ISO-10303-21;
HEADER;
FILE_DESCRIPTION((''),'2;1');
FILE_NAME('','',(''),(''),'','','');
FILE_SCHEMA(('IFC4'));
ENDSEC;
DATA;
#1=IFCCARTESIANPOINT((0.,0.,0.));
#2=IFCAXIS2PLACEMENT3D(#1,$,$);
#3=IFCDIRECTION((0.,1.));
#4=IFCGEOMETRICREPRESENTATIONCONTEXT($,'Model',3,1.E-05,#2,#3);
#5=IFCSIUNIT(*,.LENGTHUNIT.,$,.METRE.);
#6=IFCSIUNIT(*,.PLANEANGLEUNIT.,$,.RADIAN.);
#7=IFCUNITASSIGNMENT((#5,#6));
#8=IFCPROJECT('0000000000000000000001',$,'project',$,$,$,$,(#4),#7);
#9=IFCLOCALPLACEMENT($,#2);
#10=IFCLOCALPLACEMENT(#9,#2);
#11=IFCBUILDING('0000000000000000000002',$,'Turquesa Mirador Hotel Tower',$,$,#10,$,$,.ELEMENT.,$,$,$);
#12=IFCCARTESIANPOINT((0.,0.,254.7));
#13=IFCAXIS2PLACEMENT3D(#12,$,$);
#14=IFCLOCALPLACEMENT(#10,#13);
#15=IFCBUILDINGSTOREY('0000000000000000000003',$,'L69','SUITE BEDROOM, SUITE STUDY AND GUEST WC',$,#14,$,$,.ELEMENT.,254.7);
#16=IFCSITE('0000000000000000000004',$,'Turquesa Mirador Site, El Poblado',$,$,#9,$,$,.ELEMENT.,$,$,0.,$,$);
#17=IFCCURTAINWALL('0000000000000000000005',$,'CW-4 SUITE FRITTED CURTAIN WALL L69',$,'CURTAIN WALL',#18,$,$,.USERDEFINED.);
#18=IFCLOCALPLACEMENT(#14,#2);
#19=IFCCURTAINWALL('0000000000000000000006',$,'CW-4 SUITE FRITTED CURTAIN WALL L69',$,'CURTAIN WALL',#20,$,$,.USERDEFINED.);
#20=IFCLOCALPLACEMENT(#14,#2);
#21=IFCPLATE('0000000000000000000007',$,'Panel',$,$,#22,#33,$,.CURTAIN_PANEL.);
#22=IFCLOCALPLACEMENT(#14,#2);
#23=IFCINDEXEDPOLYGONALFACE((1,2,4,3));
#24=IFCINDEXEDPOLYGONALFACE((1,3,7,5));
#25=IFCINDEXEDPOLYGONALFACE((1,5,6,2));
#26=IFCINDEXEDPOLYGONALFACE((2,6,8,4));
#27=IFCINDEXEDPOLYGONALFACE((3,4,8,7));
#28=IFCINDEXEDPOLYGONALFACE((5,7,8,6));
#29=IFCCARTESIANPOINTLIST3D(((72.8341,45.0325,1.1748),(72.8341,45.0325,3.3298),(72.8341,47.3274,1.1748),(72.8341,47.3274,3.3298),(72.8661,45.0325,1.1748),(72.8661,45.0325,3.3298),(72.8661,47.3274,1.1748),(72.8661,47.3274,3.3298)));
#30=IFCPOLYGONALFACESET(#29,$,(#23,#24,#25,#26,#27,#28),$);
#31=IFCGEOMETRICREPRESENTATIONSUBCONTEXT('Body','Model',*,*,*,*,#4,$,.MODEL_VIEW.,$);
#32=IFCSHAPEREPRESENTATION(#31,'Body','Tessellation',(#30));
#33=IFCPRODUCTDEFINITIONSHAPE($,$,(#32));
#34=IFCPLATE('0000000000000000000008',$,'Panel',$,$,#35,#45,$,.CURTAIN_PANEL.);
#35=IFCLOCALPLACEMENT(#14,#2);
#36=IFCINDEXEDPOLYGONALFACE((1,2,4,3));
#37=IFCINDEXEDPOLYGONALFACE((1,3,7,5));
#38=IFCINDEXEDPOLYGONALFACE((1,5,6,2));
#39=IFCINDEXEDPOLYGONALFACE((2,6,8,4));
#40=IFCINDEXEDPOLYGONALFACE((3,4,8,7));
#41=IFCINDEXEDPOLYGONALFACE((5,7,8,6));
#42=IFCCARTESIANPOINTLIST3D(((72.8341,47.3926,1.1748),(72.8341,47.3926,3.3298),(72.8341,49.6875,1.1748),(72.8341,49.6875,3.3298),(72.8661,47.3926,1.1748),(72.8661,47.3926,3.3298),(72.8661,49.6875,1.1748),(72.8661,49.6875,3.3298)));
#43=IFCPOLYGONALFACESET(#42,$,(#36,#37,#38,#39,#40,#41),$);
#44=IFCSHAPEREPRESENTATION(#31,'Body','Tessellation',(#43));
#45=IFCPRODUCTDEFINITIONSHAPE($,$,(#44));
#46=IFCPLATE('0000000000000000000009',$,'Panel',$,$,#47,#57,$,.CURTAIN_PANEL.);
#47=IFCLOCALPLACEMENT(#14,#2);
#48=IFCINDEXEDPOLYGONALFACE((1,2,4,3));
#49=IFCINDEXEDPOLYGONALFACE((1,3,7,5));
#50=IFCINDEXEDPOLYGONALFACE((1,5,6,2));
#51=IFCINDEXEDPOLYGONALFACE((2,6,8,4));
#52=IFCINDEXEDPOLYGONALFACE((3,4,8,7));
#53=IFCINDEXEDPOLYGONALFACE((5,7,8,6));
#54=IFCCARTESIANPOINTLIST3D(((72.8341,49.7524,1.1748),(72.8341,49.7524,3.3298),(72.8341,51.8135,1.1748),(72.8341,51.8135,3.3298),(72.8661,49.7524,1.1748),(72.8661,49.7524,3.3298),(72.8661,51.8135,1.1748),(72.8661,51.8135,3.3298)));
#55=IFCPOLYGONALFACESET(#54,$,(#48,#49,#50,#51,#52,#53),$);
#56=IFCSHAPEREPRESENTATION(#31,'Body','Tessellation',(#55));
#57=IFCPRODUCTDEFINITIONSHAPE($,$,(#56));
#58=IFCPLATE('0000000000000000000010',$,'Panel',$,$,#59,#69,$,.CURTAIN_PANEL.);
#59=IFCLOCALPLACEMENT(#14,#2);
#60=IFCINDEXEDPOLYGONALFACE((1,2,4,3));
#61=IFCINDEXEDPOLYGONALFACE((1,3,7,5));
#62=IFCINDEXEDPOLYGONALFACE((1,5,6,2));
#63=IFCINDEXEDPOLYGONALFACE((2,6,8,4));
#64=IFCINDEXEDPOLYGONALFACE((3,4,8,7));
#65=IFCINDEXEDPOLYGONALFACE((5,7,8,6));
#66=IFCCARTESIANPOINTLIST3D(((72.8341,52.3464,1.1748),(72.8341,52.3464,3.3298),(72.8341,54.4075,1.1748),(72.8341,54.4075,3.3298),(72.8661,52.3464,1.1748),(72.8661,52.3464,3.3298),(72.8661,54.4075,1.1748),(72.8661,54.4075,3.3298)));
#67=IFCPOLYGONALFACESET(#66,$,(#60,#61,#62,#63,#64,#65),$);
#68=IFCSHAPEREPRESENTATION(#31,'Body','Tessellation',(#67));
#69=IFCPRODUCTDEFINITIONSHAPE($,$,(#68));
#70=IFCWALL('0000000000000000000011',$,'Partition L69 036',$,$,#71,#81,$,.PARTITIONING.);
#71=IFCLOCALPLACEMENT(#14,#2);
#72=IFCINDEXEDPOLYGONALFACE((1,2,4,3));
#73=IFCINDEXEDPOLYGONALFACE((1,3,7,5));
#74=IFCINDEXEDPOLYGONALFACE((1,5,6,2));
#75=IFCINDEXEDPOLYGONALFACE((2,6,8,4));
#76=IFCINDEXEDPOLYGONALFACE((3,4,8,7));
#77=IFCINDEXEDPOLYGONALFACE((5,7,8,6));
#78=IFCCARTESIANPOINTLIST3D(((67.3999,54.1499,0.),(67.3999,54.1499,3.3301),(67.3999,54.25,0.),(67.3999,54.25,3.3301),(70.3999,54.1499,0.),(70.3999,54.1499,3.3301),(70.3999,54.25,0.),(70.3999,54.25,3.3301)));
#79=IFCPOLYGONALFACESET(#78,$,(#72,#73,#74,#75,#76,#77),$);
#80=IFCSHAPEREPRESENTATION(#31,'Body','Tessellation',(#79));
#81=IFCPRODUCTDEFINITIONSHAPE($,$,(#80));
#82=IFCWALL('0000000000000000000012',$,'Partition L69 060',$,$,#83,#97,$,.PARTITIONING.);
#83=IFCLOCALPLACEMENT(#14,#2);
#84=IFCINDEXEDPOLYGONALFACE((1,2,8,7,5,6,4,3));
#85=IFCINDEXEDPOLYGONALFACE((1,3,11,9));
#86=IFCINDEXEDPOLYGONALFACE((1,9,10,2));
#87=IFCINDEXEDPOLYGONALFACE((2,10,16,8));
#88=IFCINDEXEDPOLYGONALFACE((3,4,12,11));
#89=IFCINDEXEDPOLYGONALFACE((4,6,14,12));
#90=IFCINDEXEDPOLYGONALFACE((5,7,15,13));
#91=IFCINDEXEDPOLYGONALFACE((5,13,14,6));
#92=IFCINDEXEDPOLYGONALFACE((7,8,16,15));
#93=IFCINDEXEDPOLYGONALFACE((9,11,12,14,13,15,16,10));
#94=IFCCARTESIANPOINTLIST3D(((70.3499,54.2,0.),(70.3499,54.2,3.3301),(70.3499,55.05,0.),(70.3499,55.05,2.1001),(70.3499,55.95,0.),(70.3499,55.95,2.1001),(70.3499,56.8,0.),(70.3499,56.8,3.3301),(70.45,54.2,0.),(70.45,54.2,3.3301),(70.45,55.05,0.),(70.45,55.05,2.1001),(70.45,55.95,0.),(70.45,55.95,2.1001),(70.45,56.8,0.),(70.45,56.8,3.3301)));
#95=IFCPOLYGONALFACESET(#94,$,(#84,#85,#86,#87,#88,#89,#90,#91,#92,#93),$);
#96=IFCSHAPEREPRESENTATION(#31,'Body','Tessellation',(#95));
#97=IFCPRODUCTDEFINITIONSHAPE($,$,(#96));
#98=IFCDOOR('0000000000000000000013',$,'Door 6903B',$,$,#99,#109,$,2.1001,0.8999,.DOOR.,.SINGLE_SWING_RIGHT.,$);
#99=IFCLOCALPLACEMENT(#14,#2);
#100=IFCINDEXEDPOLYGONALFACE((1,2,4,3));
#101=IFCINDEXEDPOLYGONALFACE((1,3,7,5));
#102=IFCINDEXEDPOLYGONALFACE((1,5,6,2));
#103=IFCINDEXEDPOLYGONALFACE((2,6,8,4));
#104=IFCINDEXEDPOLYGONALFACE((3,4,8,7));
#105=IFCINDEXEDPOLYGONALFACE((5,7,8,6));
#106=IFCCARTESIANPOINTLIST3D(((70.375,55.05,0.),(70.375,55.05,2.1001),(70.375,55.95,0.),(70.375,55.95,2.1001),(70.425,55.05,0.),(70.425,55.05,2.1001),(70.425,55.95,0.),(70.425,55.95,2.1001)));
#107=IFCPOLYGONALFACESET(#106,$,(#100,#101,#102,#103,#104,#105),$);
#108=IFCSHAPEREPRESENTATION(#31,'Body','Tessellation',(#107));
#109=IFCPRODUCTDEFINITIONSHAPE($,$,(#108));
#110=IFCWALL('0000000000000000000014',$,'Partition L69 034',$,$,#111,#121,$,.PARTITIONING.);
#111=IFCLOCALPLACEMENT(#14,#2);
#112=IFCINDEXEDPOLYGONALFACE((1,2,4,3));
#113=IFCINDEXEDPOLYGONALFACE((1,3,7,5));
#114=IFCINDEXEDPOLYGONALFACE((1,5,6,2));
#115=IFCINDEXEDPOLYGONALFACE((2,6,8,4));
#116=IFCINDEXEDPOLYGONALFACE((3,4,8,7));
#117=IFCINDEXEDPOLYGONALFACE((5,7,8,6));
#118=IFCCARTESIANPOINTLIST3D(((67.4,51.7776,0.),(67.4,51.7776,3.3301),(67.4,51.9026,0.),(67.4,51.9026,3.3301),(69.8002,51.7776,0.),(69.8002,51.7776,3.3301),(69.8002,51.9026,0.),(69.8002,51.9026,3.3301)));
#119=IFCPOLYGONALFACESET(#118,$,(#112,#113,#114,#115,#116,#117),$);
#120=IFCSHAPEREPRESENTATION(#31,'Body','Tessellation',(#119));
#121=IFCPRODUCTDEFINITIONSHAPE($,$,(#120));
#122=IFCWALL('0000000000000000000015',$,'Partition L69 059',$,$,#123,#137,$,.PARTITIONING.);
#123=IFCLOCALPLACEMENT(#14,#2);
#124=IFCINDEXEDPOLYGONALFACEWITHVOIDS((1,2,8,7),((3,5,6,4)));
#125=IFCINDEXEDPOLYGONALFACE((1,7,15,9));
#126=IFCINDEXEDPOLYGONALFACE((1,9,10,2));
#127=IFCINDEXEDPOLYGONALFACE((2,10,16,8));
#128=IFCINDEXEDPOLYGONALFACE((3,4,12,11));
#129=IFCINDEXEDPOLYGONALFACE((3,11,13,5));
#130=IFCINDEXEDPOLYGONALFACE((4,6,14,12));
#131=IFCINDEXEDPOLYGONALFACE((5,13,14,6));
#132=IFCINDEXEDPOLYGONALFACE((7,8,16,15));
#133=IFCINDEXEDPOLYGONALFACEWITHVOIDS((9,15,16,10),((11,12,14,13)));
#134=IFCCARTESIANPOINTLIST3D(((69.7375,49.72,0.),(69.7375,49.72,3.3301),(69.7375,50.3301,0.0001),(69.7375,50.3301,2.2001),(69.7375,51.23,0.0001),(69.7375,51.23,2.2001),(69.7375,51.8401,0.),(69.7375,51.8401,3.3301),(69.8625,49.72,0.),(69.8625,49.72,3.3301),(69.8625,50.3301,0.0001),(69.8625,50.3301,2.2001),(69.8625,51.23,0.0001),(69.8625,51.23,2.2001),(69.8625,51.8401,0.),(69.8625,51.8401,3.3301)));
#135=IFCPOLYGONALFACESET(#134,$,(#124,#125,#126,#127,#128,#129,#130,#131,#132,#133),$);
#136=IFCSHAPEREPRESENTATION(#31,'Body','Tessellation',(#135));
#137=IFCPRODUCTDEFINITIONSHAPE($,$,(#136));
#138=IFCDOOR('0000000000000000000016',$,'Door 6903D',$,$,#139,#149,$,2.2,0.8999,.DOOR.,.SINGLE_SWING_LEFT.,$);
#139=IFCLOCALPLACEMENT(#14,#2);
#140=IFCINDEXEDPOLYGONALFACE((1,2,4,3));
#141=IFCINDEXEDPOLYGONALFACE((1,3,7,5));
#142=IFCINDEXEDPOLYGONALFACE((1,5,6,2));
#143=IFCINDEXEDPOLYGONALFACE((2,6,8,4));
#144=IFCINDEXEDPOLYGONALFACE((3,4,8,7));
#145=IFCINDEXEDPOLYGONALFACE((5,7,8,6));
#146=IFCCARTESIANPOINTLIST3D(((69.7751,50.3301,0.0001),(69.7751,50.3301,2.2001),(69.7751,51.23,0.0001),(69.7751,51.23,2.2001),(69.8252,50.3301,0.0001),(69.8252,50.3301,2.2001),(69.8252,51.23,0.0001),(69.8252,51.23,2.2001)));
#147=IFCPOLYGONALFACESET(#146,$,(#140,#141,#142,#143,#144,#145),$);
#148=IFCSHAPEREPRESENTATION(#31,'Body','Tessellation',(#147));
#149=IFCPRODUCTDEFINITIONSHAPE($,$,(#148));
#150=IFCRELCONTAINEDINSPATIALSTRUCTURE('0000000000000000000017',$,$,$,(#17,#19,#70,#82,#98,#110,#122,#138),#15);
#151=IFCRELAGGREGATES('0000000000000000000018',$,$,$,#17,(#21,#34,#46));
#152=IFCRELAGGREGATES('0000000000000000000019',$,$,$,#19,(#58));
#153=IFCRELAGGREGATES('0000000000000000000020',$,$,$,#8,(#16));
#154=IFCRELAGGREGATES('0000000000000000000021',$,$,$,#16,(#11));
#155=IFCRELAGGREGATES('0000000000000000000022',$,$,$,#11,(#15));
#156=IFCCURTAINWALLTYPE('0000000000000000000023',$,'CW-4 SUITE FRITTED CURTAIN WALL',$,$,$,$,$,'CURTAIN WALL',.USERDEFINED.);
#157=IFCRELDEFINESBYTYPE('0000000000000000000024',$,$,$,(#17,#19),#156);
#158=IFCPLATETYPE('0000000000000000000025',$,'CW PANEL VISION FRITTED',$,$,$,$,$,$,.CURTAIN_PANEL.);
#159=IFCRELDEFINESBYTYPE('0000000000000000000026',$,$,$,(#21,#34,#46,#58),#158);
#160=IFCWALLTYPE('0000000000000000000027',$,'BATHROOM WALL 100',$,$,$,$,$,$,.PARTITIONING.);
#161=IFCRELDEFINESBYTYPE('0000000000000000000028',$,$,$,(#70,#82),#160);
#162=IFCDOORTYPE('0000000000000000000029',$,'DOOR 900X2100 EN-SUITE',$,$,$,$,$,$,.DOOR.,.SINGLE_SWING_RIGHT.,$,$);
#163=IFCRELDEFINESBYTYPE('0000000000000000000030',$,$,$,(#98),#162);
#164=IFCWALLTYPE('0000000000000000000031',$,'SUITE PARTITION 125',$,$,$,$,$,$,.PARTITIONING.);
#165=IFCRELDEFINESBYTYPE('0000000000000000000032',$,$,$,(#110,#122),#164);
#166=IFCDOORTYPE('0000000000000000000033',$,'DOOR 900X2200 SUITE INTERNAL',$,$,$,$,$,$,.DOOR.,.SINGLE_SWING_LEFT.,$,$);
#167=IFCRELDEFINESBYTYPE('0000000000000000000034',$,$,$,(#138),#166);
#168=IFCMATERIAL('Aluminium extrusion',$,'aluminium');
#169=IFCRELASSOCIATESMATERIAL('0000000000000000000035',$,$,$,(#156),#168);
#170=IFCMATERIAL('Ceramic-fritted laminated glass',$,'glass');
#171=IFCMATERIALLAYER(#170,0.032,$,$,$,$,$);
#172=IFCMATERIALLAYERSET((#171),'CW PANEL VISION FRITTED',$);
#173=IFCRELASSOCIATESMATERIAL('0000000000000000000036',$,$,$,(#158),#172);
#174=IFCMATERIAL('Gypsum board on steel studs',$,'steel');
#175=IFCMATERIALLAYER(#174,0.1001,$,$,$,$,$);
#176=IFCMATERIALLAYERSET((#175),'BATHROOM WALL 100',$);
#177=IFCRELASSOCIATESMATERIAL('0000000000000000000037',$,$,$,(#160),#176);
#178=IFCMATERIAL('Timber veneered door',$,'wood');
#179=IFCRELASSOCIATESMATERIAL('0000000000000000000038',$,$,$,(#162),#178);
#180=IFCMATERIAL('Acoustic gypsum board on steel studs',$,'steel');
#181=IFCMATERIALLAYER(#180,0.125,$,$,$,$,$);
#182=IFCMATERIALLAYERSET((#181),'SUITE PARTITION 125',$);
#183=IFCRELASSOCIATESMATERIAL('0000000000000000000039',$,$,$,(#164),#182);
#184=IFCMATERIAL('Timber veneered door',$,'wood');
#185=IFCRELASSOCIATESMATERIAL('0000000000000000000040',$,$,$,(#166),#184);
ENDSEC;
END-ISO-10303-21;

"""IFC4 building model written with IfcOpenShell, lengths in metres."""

from ifc_helpers import new_model, si_unit, direction, frame, frame_2d, origin, origin_2d, place, context, subcontext, project, spatial, rectangle, extrude, material, layer, layer_set, type_object, element, fill, aggregate, save


model = new_model("IFC4")

# Units and contexts
model_context = context("Model", 3, precision=1e-05, world=origin(), true_north=direction((0.0, 1.0)))
body_context = subcontext(model_context, "Body", "Model", "MODEL_VIEW")
ifc_project = project(units=[si_unit("LENGTHUNIT", "METRE"), si_unit("PLANEANGLEUNIT", "RADIAN")], contexts=[model_context])

# Site, building, storey
site_placement = place(None, origin())
site = spatial("IfcSite", under=ifc_project, at=site_placement, Name="Turquesa Mirador Site, El Poblado", CompositionType="ELEMENT", RefElevation=0.0)
building_placement = place(site_placement, origin())
building = spatial("IfcBuilding", under=site, at=building_placement, Name="Turquesa Mirador Hotel Tower", CompositionType="ELEMENT")
storey_placement = place(building_placement, frame((0.0, 0.0, 254.7)))
storey = spatial("IfcBuildingStorey", under=building, at=storey_placement, Name="L69", Description="SUITE BEDROOM, SUITE STUDY AND GUEST WC", CompositionType="ELEMENT", Elevation=254.7)

# Curtain walls
ifc_material_1 = material(Name="Aluminium extrusion", Category="aluminium")
curtain_wall_type = type_object("IfcCurtainWallType", Name="CW-4 SUITE FRITTED CURTAIN WALL", ElementType="CURTAIN WALL", PredefinedType="USERDEFINED", material=ifc_material_1)
curtain_wall_1_placement = place(storey_placement, origin())
curtain_wall_1 = element("IfcCurtainWall", 1, at=curtain_wall_1_placement, inside=storey, type_object=curtain_wall_type, Name="CW-4 SUITE FRITTED CURTAIN WALL L69", ObjectType="CURTAIN WALL", PredefinedType="USERDEFINED")
curtain_wall_2_placement = place(storey_placement, origin())
curtain_wall_2 = element("IfcCurtainWall", 2, at=curtain_wall_2_placement, inside=storey, type_object=curtain_wall_type, Name="CW-4 SUITE FRITTED CURTAIN WALL L69", ObjectType="CURTAIN WALL", PredefinedType="USERDEFINED")

# Plates
ifc_material_2 = material(Name="Ceramic-fritted laminated glass", Category="glass")
ifc_layer_1 = layer(ifc_material_2, 0.032)
ifc_layer_set_1 = layer_set([ifc_layer_1], Name="CW PANEL VISION FRITTED")
plate_type_1 = type_object("IfcPlateType", Name="CW PANEL VISION FRITTED", PredefinedType="CURTAIN_PANEL", material=ifc_layer_set_1)
plate_1_placement = place(storey_placement, frame((72.8501, 46.1799, 1.1748), z_axis=(0.0, 0.0, 1.0), x_axis=(0.0, 1.0, 0.0)))
plate_1 = element("IfcPlate", 3, at=plate_1_placement, type_object=plate_type_1, Name="Panel", PredefinedType="CURTAIN_PANEL", context=body_context, shape_type="SweptSolid", body=[
    extrude(rectangle(XDim=2.2949, YDim=0.032, at=origin_2d()), origin(), (0.0, 0.0, 1.0), 2.155),
])
plate_2_placement = place(storey_placement, frame((72.8501, 48.54, 1.1748), z_axis=(0.0, 0.0, 1.0), x_axis=(0.0, 1.0, 0.0)))
plate_2 = element("IfcPlate", 4, at=plate_2_placement, type_object=plate_type_1, Name="Panel", PredefinedType="CURTAIN_PANEL", context=body_context, shape_type="SweptSolid", body=[
    extrude(rectangle(XDim=2.2949, YDim=0.032, at=origin_2d()), origin(), (0.0, 0.0, 1.0), 2.155),
])
plate_3_placement = place(storey_placement, frame((72.8501, 50.783, 1.1748), z_axis=(0.0, 0.0, 1.0), x_axis=(0.0, 1.0, 0.0)))
plate_3 = element("IfcPlate", 5, at=plate_3_placement, type_object=plate_type_1, Name="Panel", PredefinedType="CURTAIN_PANEL", context=body_context, shape_type="SweptSolid", body=[
    extrude(rectangle(XDim=2.061, YDim=0.032, at=origin_2d()), origin(), (0.0, 0.0, 1.0), 2.155),
])
aggregate(curtain_wall_1, [plate_1, plate_2, plate_3])
plate_4_placement = place(storey_placement, frame((72.8501, 53.377, 1.1748), z_axis=(0.0, 0.0, 1.0), x_axis=(0.0, 1.0, 0.0)))
plate_4 = element("IfcPlate", 6, at=plate_4_placement, type_object=plate_type_1, Name="Panel", PredefinedType="CURTAIN_PANEL", context=body_context, shape_type="SweptSolid", body=[
    extrude(rectangle(XDim=2.061, YDim=0.032, at=origin_2d()), origin(), (0.0, 0.0, 1.0), 2.155),
])
aggregate(curtain_wall_2, [plate_4])

# Wall
ifc_material_3 = material(Name="Gypsum board on steel studs", Category="steel")
ifc_layer_2 = layer(ifc_material_3, 0.1001)
ifc_layer_set_2 = layer_set([ifc_layer_2], Name="BATHROOM WALL 100")
wall_type_1 = type_object("IfcWallType", Name="BATHROOM WALL 100", PredefinedType="PARTITIONING", material=ifc_layer_set_2)
wall_1_placement = place(storey_placement, frame((67.3999, 54.2, 0.0), z_axis=(0.0, 0.0, 1.0), x_axis=(1.0, 0.0, 0.0)))
element("IfcWall", 7, at=wall_1_placement, inside=storey, type_object=wall_type_1, Name="Partition L69 036", PredefinedType="PARTITIONING", context=body_context, shape_type="SweptSolid", body=[
    extrude(rectangle(XDim=3.0, YDim=0.1001, at=frame_2d((1.5, 0.0))), origin(), (0.0, 0.0, 1.0), 3.3301),
])

# Wall, opening, door
wall_2_placement = place(storey_placement, frame((70.3999, 54.2, 0.0), z_axis=(0.0, 0.0, 1.0), x_axis=(0.0, 1.0, 0.0)))
wall_2 = element("IfcWall", 8, at=wall_2_placement, inside=storey, type_object=wall_type_1, Name="Partition L69 060", PredefinedType="PARTITIONING", context=body_context, shape_type="SweptSolid", body=[
    extrude(rectangle(XDim=2.6001, YDim=0.1001, at=frame_2d((1.3, 0.0))), origin(), (0.0, 0.0, 1.0), 3.3301),
])
opening_1_placement = place(wall_2_placement, frame((0.8501, 0.0, 0.0)))
opening_1 = element("IfcOpeningElement", 9, at=opening_1_placement, cuts=wall_2, PredefinedType="OPENING", context=body_context, shape_type="SweptSolid", body=[
    extrude(rectangle(XDim=0.8999, YDim=2.1001, at=frame_2d((0.45, 1.05))), frame((0.0, 0.0601, 0.0), z_axis=(0.0, -1.0, 0.0), x_axis=(1.0, 0.0, 0.0)), (0.0, 0.0, 1.0), 0.1201),
])
ifc_material_4 = material(Name="Timber veneered door", Category="wood")
door_type_1 = type_object("IfcDoorType", Name="DOOR 900X2100 EN-SUITE", OperationType="SINGLE_SWING_RIGHT", PredefinedType="DOOR", material=ifc_material_4)
door_1_placement = place(opening_1_placement, origin())
door_1 = element("IfcDoor", 10, at=door_1_placement, inside=storey, type_object=door_type_1, Name="Door 6903B", OperationType="SINGLE_SWING_RIGHT", OverallHeight=2.1001, OverallWidth=0.8999, PredefinedType="DOOR", context=body_context, shape_type="SweptSolid", body=[
    extrude(rectangle(XDim=0.8999, YDim=2.1001, at=frame_2d((0.45, 1.05))), frame((0.0, 0.0249, 0.0), z_axis=(0.0, -1.0, 0.0), x_axis=(1.0, 0.0, 0.0)), (0.0, 0.0, 1.0), 0.05),
])
fill(opening_1, door_1)

# Wall
ifc_material_5 = material(Name="Acoustic gypsum board on steel studs", Category="steel")
ifc_layer_3 = layer(ifc_material_5, 0.125)
ifc_layer_set_3 = layer_set([ifc_layer_3], Name="SUITE PARTITION 125")
wall_type_2 = type_object("IfcWallType", Name="SUITE PARTITION 125", PredefinedType="PARTITIONING", material=ifc_layer_set_3)
wall_3_placement = place(storey_placement, frame((67.3999, 51.8401, 0.0), z_axis=(0.0, 0.0, 1.0), x_axis=(1.0, 0.0, 0.0)))
element("IfcWall", 11, at=wall_3_placement, inside=storey, type_object=wall_type_2, Name="Partition L69 034", PredefinedType="PARTITIONING", context=body_context, shape_type="SweptSolid", body=[
    extrude(rectangle(XDim=2.4001, YDim=0.125, at=frame_2d((1.2002, 0.0))), origin(), (0.0, 0.0, 1.0), 3.3301),
])

# Wall, opening, door
wall_4_placement = place(storey_placement, frame((69.8, 49.72, 0.0), z_axis=(0.0, 0.0, 1.0), x_axis=(0.0, 1.0, 0.0)))
wall_4 = element("IfcWall", 12, at=wall_4_placement, inside=storey, type_object=wall_type_2, Name="Partition L69 059", PredefinedType="PARTITIONING", context=body_context, shape_type="SweptSolid", body=[
    extrude(rectangle(XDim=2.1201, YDim=0.125, at=frame_2d((1.0601, 0.0))), origin(), (0.0, 0.0, 1.0), 3.3301),
])
opening_2_placement = place(wall_4_placement, frame((0.6101, 0.0, 0.0)))
opening_2 = element("IfcOpeningElement", 13, at=opening_2_placement, cuts=wall_4, PredefinedType="OPENING", context=body_context, shape_type="SweptSolid", body=[
    extrude(rectangle(XDim=0.8999, YDim=2.2, at=frame_2d((0.45, 1.1001))), frame((0.0, 0.0725, 0.0), z_axis=(0.0, -1.0, 0.0), x_axis=(1.0, 0.0, 0.0)), (0.0, 0.0, 1.0), 0.145),
])
ifc_material_6 = material(Name="Timber veneered door", Category="wood")
door_type_2 = type_object("IfcDoorType", Name="DOOR 900X2200 SUITE INTERNAL", OperationType="SINGLE_SWING_LEFT", PredefinedType="DOOR", material=ifc_material_6)
door_2_placement = place(opening_2_placement, origin())
door_2 = element("IfcDoor", 14, at=door_2_placement, inside=storey, type_object=door_type_2, Name="Door 6903D", OperationType="SINGLE_SWING_LEFT", OverallHeight=2.2, OverallWidth=0.8999, PredefinedType="DOOR", context=body_context, shape_type="SweptSolid", body=[
    extrude(rectangle(XDim=0.8999, YDim=2.2, at=frame_2d((0.45, 1.1001))), frame((0.0, 0.0249, 0.0), z_axis=(0.0, -1.0, 0.0), x_axis=(1.0, 0.0, 0.0)), (0.0, 0.0, 1.0), 0.05),
])
fill(opening_2, door_2)

save(model, "model.ifc")
